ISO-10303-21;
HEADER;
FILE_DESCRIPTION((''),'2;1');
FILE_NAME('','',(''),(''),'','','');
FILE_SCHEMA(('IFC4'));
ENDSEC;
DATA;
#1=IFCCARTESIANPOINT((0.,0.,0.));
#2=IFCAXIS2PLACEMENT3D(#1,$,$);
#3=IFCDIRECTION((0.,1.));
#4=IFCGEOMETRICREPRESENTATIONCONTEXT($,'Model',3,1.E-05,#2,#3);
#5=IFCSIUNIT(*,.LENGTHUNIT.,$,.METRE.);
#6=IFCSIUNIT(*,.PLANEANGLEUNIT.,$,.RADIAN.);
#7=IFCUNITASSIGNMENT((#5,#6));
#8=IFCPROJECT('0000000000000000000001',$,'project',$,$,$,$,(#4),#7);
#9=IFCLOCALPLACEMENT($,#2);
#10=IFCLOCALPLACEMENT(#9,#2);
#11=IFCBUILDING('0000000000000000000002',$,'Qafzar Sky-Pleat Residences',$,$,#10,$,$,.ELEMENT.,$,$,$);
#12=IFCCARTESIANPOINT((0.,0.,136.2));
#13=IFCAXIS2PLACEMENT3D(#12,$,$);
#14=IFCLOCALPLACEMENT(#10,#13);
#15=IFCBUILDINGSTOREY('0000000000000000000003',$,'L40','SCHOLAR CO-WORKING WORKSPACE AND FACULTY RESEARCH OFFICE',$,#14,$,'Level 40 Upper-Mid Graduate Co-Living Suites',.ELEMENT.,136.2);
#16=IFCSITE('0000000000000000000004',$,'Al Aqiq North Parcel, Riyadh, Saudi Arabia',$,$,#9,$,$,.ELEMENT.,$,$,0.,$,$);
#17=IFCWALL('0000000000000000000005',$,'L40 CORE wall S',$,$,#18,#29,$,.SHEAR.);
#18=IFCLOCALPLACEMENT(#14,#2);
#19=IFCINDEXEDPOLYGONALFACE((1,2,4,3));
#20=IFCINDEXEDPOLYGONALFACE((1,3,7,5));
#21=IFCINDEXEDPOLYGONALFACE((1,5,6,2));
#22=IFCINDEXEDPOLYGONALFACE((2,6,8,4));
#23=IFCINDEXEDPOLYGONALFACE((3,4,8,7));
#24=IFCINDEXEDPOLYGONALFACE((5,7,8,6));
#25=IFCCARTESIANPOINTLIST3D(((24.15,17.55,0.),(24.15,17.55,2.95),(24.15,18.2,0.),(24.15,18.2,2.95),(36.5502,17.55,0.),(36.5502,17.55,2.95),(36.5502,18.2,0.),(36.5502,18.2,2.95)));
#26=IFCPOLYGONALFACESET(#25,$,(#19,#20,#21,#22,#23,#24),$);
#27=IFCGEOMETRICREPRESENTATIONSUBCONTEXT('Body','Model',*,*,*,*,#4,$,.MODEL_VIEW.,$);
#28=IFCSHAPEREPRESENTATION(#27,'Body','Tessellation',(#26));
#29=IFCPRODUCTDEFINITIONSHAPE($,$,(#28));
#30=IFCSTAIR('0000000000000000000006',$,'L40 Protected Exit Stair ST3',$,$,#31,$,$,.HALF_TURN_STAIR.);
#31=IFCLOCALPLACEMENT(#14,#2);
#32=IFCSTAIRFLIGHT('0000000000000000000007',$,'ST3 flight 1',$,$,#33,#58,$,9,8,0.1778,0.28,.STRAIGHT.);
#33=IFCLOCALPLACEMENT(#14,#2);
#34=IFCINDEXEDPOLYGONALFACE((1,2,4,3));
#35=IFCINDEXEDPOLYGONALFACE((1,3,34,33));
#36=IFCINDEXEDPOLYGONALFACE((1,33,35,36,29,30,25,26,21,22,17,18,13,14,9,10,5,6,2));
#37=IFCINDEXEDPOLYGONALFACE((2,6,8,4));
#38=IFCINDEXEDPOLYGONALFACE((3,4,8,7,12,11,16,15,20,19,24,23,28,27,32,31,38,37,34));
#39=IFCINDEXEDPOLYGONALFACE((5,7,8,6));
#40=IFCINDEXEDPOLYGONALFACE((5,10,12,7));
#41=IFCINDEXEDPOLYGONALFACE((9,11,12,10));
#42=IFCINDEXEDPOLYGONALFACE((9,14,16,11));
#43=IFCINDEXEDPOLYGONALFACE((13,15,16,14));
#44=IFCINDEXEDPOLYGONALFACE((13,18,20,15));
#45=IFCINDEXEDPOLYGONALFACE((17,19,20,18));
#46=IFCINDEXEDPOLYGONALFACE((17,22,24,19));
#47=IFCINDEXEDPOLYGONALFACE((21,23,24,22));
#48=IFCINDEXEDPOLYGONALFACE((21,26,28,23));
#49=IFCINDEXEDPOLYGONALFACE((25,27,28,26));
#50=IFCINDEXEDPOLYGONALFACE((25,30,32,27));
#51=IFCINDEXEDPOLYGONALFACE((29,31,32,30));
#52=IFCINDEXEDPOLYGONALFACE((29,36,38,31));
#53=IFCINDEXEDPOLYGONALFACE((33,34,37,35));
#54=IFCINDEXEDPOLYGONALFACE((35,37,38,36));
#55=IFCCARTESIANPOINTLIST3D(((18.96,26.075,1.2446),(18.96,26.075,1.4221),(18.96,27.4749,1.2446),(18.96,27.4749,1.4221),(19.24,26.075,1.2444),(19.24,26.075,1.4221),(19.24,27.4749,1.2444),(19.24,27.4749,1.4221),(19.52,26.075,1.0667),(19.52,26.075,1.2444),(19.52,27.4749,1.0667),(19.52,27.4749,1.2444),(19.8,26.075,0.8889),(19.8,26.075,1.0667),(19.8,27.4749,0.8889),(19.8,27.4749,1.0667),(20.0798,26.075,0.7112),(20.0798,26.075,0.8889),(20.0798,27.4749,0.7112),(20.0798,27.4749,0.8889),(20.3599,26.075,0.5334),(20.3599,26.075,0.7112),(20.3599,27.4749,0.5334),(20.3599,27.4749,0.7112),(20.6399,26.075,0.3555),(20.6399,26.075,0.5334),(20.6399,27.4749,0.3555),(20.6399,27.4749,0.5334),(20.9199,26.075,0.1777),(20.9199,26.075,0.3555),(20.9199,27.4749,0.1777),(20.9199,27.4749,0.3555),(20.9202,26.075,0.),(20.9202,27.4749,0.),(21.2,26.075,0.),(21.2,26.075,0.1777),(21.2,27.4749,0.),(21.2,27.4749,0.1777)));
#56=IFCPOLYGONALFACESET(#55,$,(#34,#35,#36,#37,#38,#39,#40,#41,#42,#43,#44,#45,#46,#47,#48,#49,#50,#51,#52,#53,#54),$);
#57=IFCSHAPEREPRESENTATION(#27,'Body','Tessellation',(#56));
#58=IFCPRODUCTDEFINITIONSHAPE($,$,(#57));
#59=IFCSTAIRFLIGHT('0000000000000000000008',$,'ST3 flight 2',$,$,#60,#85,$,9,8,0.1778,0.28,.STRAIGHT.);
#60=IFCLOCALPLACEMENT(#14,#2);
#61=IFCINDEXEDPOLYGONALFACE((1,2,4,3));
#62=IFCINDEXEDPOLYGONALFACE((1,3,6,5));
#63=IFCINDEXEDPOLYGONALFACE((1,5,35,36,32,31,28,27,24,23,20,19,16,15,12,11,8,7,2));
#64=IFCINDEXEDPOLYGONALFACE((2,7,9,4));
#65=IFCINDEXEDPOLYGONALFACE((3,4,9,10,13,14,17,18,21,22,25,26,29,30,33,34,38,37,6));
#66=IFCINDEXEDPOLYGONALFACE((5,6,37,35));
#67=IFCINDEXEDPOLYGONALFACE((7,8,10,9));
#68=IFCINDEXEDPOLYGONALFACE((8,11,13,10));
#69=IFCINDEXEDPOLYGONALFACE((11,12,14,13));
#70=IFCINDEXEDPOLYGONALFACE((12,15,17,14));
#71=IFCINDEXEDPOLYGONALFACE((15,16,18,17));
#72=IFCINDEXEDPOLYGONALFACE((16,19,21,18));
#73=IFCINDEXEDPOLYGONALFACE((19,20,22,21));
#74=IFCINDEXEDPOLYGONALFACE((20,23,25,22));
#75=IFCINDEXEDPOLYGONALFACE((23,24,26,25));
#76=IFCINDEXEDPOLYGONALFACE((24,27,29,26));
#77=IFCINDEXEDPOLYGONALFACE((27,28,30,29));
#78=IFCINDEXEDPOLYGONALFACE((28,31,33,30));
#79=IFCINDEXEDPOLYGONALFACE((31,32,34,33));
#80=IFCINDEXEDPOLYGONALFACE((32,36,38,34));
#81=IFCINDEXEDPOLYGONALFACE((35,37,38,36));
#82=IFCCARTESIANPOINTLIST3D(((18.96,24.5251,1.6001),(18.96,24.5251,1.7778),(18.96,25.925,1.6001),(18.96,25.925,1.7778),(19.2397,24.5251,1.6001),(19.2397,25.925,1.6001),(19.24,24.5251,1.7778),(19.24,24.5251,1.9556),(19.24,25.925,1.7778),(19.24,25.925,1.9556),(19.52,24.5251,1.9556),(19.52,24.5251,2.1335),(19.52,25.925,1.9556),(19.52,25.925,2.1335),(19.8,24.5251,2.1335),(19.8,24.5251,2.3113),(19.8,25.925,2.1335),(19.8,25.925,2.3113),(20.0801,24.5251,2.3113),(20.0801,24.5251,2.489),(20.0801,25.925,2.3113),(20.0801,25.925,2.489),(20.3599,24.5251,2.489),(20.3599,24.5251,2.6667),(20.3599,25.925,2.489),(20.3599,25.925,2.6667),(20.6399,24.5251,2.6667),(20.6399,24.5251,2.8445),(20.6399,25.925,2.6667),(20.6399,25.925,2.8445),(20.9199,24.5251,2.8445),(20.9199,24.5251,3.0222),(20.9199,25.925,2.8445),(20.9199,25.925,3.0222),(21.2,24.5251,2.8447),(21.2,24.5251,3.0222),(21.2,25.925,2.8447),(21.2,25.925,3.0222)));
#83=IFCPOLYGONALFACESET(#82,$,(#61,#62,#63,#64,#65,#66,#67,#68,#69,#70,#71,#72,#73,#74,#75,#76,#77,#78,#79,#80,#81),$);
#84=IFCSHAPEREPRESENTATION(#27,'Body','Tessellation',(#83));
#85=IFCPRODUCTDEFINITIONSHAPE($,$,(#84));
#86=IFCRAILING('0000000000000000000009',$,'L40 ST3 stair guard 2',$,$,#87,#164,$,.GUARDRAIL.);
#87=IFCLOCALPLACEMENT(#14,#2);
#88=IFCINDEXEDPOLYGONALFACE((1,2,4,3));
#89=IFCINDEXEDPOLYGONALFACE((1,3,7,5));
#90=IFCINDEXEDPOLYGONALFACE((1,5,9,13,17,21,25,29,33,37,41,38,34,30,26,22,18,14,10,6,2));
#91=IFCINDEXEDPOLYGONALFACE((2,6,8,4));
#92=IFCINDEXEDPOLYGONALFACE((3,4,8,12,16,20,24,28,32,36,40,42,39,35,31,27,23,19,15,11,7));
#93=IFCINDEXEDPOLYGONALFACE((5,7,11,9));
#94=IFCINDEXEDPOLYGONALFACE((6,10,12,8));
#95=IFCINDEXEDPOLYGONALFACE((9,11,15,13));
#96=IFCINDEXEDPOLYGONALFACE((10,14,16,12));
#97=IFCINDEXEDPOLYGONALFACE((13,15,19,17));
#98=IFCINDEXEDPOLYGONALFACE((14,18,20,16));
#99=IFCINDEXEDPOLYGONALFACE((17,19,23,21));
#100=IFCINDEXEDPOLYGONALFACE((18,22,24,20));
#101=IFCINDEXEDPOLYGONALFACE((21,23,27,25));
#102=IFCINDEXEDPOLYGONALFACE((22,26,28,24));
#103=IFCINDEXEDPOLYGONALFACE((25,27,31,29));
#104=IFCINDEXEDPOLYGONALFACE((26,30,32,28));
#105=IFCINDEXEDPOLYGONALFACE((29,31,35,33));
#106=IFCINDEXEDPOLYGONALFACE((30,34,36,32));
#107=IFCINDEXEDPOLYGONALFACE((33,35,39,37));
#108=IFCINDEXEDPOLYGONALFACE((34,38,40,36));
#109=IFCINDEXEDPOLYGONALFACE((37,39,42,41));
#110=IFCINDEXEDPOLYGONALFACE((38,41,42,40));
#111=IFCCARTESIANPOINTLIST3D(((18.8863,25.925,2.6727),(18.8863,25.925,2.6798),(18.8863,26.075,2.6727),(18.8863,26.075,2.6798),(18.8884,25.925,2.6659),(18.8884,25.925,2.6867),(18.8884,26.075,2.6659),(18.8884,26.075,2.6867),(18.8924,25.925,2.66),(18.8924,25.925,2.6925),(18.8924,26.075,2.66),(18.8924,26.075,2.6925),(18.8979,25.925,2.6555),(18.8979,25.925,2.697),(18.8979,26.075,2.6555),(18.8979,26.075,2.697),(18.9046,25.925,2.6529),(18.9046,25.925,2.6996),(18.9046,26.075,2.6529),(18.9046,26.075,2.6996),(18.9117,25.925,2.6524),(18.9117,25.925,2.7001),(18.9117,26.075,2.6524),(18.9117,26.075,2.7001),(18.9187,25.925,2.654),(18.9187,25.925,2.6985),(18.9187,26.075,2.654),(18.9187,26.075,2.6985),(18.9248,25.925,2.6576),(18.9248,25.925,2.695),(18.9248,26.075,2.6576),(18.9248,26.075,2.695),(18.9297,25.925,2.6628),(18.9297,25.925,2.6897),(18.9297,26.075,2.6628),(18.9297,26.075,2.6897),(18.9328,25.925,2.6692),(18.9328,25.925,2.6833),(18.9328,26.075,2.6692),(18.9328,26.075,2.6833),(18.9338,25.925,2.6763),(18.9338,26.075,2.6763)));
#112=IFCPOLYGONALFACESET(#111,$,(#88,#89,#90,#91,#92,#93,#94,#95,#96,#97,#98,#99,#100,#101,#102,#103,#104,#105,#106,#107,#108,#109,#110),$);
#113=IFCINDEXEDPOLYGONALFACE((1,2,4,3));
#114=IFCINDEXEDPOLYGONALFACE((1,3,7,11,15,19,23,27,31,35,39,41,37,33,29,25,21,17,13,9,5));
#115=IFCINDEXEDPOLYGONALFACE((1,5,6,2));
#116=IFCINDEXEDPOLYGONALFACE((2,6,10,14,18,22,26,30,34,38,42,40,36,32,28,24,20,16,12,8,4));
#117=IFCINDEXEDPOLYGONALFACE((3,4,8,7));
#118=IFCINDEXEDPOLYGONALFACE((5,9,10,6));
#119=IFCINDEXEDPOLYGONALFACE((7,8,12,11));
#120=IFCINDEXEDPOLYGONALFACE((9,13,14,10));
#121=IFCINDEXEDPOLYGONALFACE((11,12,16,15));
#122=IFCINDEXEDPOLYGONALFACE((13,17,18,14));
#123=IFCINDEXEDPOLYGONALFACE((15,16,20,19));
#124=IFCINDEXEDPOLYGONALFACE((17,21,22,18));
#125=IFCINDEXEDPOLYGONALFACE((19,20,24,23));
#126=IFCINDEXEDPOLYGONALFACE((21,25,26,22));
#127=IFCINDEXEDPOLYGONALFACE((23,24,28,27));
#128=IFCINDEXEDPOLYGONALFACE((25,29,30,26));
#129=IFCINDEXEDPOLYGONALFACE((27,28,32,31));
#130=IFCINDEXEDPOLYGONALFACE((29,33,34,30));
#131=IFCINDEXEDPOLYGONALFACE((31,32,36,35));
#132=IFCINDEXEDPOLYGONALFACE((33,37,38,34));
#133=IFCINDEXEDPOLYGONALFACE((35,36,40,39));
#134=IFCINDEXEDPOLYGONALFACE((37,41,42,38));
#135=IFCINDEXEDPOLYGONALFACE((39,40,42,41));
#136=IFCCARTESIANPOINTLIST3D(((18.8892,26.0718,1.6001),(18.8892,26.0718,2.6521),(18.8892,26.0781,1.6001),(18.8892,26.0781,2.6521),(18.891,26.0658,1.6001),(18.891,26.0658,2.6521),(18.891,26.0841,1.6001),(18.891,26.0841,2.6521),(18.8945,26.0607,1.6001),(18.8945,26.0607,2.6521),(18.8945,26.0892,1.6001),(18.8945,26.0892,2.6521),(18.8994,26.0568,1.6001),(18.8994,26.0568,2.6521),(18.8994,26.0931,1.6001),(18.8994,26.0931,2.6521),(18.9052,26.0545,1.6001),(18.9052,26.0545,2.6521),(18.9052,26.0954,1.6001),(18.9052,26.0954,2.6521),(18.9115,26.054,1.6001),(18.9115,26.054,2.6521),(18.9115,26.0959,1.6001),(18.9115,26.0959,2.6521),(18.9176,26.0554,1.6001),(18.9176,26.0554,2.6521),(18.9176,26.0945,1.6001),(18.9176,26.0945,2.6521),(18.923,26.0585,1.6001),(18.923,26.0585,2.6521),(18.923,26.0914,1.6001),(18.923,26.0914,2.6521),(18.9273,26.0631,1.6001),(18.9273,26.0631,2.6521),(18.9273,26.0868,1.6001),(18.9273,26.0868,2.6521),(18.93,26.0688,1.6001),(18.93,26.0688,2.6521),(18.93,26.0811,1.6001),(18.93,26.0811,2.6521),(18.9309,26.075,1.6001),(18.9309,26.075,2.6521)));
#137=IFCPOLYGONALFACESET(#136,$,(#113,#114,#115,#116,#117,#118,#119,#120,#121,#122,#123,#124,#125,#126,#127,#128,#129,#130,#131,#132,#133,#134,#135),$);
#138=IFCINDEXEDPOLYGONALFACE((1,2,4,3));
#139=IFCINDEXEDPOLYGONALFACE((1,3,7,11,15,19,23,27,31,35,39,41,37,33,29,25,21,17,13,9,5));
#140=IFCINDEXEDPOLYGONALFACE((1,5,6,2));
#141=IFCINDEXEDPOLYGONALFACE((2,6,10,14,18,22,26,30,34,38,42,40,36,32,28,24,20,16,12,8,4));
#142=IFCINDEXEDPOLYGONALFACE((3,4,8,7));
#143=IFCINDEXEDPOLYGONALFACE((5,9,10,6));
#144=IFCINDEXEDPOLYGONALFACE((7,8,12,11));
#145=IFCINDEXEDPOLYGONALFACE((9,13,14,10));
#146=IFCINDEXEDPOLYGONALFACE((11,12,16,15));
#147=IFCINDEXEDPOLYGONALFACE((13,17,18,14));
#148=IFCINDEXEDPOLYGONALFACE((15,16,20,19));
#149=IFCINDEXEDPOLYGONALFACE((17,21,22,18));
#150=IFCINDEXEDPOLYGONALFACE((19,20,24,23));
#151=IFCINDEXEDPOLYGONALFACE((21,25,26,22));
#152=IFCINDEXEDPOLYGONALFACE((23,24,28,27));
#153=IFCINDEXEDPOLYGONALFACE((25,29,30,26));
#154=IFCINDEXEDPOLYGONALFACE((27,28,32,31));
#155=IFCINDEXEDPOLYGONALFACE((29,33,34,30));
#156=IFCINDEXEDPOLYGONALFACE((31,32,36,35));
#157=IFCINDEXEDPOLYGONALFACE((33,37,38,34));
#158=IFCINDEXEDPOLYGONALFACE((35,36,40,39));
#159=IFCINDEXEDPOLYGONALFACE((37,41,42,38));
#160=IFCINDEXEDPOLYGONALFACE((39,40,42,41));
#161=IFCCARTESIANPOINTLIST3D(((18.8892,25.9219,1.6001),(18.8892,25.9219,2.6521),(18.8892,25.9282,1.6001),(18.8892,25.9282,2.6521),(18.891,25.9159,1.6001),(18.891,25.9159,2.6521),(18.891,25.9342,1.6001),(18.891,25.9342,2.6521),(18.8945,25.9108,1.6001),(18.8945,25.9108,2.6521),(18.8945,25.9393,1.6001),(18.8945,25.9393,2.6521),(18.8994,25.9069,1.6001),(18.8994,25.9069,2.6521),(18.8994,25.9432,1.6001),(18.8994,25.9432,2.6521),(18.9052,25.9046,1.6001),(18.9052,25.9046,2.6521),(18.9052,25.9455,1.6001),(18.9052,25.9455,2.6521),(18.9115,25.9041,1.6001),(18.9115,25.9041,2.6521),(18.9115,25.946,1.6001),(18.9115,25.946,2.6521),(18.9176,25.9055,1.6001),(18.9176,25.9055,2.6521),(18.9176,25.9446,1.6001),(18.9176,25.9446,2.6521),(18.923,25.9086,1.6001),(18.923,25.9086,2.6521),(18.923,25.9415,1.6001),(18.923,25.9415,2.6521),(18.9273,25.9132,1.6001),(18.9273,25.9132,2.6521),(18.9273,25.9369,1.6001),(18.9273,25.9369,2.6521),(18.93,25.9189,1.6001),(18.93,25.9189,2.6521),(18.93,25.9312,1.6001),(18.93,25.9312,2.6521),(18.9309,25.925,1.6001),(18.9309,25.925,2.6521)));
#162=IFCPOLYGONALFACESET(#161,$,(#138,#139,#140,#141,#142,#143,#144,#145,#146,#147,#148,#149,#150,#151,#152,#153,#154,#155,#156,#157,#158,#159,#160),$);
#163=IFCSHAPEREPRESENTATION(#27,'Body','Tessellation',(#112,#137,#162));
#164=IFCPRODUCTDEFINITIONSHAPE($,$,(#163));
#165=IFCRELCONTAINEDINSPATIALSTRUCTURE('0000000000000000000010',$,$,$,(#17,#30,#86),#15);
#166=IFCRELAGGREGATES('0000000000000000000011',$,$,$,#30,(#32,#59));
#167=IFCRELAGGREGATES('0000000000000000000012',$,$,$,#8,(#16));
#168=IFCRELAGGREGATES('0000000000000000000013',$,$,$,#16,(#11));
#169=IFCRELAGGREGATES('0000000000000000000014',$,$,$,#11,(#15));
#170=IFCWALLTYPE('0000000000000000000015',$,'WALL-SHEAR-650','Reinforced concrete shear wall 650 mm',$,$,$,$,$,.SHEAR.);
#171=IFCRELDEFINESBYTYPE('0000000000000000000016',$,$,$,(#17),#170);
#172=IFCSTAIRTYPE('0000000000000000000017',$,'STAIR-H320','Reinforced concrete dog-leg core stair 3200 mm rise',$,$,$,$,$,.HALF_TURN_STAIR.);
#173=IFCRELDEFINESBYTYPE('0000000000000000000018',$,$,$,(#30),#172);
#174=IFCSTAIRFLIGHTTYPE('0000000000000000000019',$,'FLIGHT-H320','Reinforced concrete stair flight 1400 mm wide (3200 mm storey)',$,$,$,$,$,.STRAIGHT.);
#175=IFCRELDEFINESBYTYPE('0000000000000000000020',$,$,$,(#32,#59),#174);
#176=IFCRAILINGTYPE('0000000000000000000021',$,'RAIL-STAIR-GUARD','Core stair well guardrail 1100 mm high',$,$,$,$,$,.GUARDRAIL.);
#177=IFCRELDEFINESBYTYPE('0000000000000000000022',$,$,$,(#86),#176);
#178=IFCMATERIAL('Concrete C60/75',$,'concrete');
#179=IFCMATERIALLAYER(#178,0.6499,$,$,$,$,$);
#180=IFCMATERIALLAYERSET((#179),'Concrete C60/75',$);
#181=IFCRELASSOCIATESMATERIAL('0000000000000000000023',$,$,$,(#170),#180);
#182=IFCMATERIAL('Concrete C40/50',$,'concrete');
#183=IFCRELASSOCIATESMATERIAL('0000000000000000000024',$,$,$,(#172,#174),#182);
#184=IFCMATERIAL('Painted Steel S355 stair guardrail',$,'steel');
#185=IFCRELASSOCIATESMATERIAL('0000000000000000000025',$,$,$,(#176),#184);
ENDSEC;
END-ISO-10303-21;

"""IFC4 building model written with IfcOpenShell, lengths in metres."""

from ifc_helpers import new_model, si_unit, direction, frame, frame_2d, origin, origin_2d, place, context, subcontext, project, spatial, polyline, rectangle, circle, outline, extrude, source, transform, mapped, material, layer, layer_set, type_object, element, aggregate, save


model = new_model("IFC4")

# Units and contexts
model_context = context("Model", 3, precision=1e-05, world=origin(), true_north=direction((0.0, 1.0)))
body_context = subcontext(model_context, "Body", "Model", "MODEL_VIEW")
ifc_project = project(units=[si_unit("LENGTHUNIT", "METRE"), si_unit("PLANEANGLEUNIT", "RADIAN")], contexts=[model_context])

# Site, building, storey
site_placement = place(None, origin())
site = spatial("IfcSite", under=ifc_project, at=site_placement, Name="Al Aqiq North Parcel, Riyadh, Saudi Arabia", CompositionType="ELEMENT", RefElevation=0.0)
building_placement = place(site_placement, origin())
building = spatial("IfcBuilding", under=site, at=building_placement, Name="Qafzar Sky-Pleat Residences", CompositionType="ELEMENT")
storey_placement = place(building_placement, frame((0.0, 0.0, 136.2)))
storey = spatial("IfcBuildingStorey", under=building, at=storey_placement, Name="L40", Description="SCHOLAR CO-WORKING WORKSPACE AND FACULTY RESEARCH OFFICE", LongName="Level 40 Upper-Mid Graduate Co-Living Suites", CompositionType="ELEMENT", Elevation=136.2)

# Shared definitions
ifc_material_1 = material(Name="Concrete C60/75", Category="concrete")

# Wall
ifc_layer_1 = layer(ifc_material_1, 0.6499)
ifc_layer_set_1 = layer_set([ifc_layer_1], Name="Concrete C60/75")
wall_type_1 = type_object("IfcWallType", Name="WALL-SHEAR-650", Description="Reinforced concrete shear wall 650 mm", PredefinedType="SHEAR", material=ifc_layer_set_1)
wall_1_placement = place(storey_placement, frame((24.1499, 17.875, 0.0), z_axis=(0.0, 0.0, 1.0), x_axis=(1.0, 0.0, 0.0)))
element("IfcWall", 1, at=wall_1_placement, inside=storey, type_object=wall_type_1, Name="L40 CORE wall S", PredefinedType="SHEAR", context=body_context, shape_type="SweptSolid", body=[
    extrude(rectangle(XDim=12.4001, YDim=0.6499, at=frame_2d((6.2002, 0.0))), origin(), (0.0, 0.0, 1.0), 2.95),
])

# Stair, stair flights
ifc_material_2 = material(Name="Concrete C40/50", Category="concrete")
stair_type = type_object("IfcStairType", Name="STAIR-H320", Description="Reinforced concrete dog-leg core stair 3200 mm rise", PredefinedType="HALF_TURN_STAIR", material=ifc_material_2)
stair_placement = place(storey_placement, origin())
stair = element("IfcStair", 2, at=stair_placement, inside=storey, type_object=stair_type, Name="L40 Protected Exit Stair ST3", PredefinedType="HALF_TURN_STAIR")
stair_flight_type = type_object("IfcStairFlightType", Name="FLIGHT-H320", Description="Reinforced concrete stair flight 1400 mm wide (3200 mm storey)", PredefinedType="STRAIGHT", material=ifc_material_2)
shared_shape_1 = source(origin(), body_context, "Body", "SweptSolid", [
    extrude(outline(polyline([(0.0, 0.0), (0.0, 0.1777), (0.28, 0.1777), (0.28, 0.3555), (0.5601, 0.3555), (0.5601, 0.5334), (0.8401, 0.5334), (0.8401, 0.7112), (1.1201, 0.7112), (1.1201, 0.8889), (1.3999, 0.8889), (1.3999, 1.0667), (1.6799, 1.0667), (1.6799, 1.2444), (1.96, 1.2444), (1.96, 1.4221), (2.24, 1.4221), (2.24, 1.6001), (2.24, 1.2446), (0.2798, 0.0), (0.0, 0.0)])), frame((0.0, 0.7, 0.0), z_axis=(0.0, -1.0, 0.0), x_axis=(1.0, 0.0, 0.0)), (0.0, 0.0, 1.0), 1.3999),
])
stair_flight_1_placement = place(storey_placement, frame((21.2, 26.7749, 0.0), z_axis=(0.0, 0.0, 1.0), x_axis=(-1.0, 0.0, 0.0)))
stair_flight_1 = element("IfcStairFlight", 3, at=stair_flight_1_placement, type_object=stair_flight_type, Name="ST3 flight 1", NumberOfRisers=9, NumberOfTreads=8, PredefinedType="STRAIGHT", RiserHeight=0.1778, TreadLength=0.28, context=body_context, shape_type="MappedRepresentation", body=[
    mapped(shared_shape_1, transform((0.0, 0.0, 0.0), x_axis=(1.0, 0.0, 0.0), y_axis=(0.0, 1.0, 0.0), z_axis=(0.0, 0.0, 1.0), scale=1.0)),
])
stair_flight_2_placement = place(storey_placement, frame((18.96, 25.2251, 1.6001), z_axis=(0.0, 0.0, 1.0), x_axis=(1.0, 0.0, 0.0)))
stair_flight_2 = element("IfcStairFlight", 4, at=stair_flight_2_placement, type_object=stair_flight_type, Name="ST3 flight 2", NumberOfRisers=9, NumberOfTreads=8, PredefinedType="STRAIGHT", RiserHeight=0.1778, TreadLength=0.28, context=body_context, shape_type="MappedRepresentation", body=[
    mapped(shared_shape_1, transform((0.0, 0.0, 0.0), x_axis=(1.0, 0.0, 0.0), y_axis=(0.0, 1.0, 0.0), z_axis=(0.0, 0.0, 1.0), scale=1.0)),
])
aggregate(stair, [stair_flight_1, stair_flight_2])

# Railing
ifc_material_3 = material(Name="Painted Steel S355 stair guardrail", Category="steel")
railing_type_1 = type_object("IfcRailingType", Name="RAIL-STAIR-GUARD", Description="Core stair well guardrail 1100 mm high", PredefinedType="GUARDRAIL", material=ifc_material_3)
shared_shape_2 = source(origin(), body_context, "Body", "SweptSolid", [
    extrude(circle(Radius=0.0239, at=origin_2d()), frame((0.0, 0.0, 1.0762), z_axis=(0.0, -1.0, 0.0), x_axis=(1.0, 0.0, 0.0)), (0.0, 0.0, 1.0), 0.1499),
    extrude(circle(Radius=0.021, at=origin_2d()), origin(), (0.0, 0.0, 1.0), 1.052),
    extrude(circle(Radius=0.021, at=origin_2d()), frame((0.0, -0.1499, 0.0)), (0.0, 0.0, 1.0), 1.052),
])
for number, where, name in (
    (5, (18.9099, 26.075, 1.6001), "L40 ST3 stair guard 2"),
):
    element("IfcRailing", number, at=place(storey_placement, frame(where)), inside=storey, type_object=railing_type_1, Name=name, PredefinedType="GUARDRAIL", context=body_context, shape_type="MappedRepresentation", body=[
        mapped(shared_shape_2, transform((0.0, 0.0, 0.0), x_axis=(1.0, 0.0, 0.0), y_axis=(0.0, 1.0, 0.0), z_axis=(0.0, 0.0, 1.0), scale=1.0)),
    ])

save(model, "model.ifc")
